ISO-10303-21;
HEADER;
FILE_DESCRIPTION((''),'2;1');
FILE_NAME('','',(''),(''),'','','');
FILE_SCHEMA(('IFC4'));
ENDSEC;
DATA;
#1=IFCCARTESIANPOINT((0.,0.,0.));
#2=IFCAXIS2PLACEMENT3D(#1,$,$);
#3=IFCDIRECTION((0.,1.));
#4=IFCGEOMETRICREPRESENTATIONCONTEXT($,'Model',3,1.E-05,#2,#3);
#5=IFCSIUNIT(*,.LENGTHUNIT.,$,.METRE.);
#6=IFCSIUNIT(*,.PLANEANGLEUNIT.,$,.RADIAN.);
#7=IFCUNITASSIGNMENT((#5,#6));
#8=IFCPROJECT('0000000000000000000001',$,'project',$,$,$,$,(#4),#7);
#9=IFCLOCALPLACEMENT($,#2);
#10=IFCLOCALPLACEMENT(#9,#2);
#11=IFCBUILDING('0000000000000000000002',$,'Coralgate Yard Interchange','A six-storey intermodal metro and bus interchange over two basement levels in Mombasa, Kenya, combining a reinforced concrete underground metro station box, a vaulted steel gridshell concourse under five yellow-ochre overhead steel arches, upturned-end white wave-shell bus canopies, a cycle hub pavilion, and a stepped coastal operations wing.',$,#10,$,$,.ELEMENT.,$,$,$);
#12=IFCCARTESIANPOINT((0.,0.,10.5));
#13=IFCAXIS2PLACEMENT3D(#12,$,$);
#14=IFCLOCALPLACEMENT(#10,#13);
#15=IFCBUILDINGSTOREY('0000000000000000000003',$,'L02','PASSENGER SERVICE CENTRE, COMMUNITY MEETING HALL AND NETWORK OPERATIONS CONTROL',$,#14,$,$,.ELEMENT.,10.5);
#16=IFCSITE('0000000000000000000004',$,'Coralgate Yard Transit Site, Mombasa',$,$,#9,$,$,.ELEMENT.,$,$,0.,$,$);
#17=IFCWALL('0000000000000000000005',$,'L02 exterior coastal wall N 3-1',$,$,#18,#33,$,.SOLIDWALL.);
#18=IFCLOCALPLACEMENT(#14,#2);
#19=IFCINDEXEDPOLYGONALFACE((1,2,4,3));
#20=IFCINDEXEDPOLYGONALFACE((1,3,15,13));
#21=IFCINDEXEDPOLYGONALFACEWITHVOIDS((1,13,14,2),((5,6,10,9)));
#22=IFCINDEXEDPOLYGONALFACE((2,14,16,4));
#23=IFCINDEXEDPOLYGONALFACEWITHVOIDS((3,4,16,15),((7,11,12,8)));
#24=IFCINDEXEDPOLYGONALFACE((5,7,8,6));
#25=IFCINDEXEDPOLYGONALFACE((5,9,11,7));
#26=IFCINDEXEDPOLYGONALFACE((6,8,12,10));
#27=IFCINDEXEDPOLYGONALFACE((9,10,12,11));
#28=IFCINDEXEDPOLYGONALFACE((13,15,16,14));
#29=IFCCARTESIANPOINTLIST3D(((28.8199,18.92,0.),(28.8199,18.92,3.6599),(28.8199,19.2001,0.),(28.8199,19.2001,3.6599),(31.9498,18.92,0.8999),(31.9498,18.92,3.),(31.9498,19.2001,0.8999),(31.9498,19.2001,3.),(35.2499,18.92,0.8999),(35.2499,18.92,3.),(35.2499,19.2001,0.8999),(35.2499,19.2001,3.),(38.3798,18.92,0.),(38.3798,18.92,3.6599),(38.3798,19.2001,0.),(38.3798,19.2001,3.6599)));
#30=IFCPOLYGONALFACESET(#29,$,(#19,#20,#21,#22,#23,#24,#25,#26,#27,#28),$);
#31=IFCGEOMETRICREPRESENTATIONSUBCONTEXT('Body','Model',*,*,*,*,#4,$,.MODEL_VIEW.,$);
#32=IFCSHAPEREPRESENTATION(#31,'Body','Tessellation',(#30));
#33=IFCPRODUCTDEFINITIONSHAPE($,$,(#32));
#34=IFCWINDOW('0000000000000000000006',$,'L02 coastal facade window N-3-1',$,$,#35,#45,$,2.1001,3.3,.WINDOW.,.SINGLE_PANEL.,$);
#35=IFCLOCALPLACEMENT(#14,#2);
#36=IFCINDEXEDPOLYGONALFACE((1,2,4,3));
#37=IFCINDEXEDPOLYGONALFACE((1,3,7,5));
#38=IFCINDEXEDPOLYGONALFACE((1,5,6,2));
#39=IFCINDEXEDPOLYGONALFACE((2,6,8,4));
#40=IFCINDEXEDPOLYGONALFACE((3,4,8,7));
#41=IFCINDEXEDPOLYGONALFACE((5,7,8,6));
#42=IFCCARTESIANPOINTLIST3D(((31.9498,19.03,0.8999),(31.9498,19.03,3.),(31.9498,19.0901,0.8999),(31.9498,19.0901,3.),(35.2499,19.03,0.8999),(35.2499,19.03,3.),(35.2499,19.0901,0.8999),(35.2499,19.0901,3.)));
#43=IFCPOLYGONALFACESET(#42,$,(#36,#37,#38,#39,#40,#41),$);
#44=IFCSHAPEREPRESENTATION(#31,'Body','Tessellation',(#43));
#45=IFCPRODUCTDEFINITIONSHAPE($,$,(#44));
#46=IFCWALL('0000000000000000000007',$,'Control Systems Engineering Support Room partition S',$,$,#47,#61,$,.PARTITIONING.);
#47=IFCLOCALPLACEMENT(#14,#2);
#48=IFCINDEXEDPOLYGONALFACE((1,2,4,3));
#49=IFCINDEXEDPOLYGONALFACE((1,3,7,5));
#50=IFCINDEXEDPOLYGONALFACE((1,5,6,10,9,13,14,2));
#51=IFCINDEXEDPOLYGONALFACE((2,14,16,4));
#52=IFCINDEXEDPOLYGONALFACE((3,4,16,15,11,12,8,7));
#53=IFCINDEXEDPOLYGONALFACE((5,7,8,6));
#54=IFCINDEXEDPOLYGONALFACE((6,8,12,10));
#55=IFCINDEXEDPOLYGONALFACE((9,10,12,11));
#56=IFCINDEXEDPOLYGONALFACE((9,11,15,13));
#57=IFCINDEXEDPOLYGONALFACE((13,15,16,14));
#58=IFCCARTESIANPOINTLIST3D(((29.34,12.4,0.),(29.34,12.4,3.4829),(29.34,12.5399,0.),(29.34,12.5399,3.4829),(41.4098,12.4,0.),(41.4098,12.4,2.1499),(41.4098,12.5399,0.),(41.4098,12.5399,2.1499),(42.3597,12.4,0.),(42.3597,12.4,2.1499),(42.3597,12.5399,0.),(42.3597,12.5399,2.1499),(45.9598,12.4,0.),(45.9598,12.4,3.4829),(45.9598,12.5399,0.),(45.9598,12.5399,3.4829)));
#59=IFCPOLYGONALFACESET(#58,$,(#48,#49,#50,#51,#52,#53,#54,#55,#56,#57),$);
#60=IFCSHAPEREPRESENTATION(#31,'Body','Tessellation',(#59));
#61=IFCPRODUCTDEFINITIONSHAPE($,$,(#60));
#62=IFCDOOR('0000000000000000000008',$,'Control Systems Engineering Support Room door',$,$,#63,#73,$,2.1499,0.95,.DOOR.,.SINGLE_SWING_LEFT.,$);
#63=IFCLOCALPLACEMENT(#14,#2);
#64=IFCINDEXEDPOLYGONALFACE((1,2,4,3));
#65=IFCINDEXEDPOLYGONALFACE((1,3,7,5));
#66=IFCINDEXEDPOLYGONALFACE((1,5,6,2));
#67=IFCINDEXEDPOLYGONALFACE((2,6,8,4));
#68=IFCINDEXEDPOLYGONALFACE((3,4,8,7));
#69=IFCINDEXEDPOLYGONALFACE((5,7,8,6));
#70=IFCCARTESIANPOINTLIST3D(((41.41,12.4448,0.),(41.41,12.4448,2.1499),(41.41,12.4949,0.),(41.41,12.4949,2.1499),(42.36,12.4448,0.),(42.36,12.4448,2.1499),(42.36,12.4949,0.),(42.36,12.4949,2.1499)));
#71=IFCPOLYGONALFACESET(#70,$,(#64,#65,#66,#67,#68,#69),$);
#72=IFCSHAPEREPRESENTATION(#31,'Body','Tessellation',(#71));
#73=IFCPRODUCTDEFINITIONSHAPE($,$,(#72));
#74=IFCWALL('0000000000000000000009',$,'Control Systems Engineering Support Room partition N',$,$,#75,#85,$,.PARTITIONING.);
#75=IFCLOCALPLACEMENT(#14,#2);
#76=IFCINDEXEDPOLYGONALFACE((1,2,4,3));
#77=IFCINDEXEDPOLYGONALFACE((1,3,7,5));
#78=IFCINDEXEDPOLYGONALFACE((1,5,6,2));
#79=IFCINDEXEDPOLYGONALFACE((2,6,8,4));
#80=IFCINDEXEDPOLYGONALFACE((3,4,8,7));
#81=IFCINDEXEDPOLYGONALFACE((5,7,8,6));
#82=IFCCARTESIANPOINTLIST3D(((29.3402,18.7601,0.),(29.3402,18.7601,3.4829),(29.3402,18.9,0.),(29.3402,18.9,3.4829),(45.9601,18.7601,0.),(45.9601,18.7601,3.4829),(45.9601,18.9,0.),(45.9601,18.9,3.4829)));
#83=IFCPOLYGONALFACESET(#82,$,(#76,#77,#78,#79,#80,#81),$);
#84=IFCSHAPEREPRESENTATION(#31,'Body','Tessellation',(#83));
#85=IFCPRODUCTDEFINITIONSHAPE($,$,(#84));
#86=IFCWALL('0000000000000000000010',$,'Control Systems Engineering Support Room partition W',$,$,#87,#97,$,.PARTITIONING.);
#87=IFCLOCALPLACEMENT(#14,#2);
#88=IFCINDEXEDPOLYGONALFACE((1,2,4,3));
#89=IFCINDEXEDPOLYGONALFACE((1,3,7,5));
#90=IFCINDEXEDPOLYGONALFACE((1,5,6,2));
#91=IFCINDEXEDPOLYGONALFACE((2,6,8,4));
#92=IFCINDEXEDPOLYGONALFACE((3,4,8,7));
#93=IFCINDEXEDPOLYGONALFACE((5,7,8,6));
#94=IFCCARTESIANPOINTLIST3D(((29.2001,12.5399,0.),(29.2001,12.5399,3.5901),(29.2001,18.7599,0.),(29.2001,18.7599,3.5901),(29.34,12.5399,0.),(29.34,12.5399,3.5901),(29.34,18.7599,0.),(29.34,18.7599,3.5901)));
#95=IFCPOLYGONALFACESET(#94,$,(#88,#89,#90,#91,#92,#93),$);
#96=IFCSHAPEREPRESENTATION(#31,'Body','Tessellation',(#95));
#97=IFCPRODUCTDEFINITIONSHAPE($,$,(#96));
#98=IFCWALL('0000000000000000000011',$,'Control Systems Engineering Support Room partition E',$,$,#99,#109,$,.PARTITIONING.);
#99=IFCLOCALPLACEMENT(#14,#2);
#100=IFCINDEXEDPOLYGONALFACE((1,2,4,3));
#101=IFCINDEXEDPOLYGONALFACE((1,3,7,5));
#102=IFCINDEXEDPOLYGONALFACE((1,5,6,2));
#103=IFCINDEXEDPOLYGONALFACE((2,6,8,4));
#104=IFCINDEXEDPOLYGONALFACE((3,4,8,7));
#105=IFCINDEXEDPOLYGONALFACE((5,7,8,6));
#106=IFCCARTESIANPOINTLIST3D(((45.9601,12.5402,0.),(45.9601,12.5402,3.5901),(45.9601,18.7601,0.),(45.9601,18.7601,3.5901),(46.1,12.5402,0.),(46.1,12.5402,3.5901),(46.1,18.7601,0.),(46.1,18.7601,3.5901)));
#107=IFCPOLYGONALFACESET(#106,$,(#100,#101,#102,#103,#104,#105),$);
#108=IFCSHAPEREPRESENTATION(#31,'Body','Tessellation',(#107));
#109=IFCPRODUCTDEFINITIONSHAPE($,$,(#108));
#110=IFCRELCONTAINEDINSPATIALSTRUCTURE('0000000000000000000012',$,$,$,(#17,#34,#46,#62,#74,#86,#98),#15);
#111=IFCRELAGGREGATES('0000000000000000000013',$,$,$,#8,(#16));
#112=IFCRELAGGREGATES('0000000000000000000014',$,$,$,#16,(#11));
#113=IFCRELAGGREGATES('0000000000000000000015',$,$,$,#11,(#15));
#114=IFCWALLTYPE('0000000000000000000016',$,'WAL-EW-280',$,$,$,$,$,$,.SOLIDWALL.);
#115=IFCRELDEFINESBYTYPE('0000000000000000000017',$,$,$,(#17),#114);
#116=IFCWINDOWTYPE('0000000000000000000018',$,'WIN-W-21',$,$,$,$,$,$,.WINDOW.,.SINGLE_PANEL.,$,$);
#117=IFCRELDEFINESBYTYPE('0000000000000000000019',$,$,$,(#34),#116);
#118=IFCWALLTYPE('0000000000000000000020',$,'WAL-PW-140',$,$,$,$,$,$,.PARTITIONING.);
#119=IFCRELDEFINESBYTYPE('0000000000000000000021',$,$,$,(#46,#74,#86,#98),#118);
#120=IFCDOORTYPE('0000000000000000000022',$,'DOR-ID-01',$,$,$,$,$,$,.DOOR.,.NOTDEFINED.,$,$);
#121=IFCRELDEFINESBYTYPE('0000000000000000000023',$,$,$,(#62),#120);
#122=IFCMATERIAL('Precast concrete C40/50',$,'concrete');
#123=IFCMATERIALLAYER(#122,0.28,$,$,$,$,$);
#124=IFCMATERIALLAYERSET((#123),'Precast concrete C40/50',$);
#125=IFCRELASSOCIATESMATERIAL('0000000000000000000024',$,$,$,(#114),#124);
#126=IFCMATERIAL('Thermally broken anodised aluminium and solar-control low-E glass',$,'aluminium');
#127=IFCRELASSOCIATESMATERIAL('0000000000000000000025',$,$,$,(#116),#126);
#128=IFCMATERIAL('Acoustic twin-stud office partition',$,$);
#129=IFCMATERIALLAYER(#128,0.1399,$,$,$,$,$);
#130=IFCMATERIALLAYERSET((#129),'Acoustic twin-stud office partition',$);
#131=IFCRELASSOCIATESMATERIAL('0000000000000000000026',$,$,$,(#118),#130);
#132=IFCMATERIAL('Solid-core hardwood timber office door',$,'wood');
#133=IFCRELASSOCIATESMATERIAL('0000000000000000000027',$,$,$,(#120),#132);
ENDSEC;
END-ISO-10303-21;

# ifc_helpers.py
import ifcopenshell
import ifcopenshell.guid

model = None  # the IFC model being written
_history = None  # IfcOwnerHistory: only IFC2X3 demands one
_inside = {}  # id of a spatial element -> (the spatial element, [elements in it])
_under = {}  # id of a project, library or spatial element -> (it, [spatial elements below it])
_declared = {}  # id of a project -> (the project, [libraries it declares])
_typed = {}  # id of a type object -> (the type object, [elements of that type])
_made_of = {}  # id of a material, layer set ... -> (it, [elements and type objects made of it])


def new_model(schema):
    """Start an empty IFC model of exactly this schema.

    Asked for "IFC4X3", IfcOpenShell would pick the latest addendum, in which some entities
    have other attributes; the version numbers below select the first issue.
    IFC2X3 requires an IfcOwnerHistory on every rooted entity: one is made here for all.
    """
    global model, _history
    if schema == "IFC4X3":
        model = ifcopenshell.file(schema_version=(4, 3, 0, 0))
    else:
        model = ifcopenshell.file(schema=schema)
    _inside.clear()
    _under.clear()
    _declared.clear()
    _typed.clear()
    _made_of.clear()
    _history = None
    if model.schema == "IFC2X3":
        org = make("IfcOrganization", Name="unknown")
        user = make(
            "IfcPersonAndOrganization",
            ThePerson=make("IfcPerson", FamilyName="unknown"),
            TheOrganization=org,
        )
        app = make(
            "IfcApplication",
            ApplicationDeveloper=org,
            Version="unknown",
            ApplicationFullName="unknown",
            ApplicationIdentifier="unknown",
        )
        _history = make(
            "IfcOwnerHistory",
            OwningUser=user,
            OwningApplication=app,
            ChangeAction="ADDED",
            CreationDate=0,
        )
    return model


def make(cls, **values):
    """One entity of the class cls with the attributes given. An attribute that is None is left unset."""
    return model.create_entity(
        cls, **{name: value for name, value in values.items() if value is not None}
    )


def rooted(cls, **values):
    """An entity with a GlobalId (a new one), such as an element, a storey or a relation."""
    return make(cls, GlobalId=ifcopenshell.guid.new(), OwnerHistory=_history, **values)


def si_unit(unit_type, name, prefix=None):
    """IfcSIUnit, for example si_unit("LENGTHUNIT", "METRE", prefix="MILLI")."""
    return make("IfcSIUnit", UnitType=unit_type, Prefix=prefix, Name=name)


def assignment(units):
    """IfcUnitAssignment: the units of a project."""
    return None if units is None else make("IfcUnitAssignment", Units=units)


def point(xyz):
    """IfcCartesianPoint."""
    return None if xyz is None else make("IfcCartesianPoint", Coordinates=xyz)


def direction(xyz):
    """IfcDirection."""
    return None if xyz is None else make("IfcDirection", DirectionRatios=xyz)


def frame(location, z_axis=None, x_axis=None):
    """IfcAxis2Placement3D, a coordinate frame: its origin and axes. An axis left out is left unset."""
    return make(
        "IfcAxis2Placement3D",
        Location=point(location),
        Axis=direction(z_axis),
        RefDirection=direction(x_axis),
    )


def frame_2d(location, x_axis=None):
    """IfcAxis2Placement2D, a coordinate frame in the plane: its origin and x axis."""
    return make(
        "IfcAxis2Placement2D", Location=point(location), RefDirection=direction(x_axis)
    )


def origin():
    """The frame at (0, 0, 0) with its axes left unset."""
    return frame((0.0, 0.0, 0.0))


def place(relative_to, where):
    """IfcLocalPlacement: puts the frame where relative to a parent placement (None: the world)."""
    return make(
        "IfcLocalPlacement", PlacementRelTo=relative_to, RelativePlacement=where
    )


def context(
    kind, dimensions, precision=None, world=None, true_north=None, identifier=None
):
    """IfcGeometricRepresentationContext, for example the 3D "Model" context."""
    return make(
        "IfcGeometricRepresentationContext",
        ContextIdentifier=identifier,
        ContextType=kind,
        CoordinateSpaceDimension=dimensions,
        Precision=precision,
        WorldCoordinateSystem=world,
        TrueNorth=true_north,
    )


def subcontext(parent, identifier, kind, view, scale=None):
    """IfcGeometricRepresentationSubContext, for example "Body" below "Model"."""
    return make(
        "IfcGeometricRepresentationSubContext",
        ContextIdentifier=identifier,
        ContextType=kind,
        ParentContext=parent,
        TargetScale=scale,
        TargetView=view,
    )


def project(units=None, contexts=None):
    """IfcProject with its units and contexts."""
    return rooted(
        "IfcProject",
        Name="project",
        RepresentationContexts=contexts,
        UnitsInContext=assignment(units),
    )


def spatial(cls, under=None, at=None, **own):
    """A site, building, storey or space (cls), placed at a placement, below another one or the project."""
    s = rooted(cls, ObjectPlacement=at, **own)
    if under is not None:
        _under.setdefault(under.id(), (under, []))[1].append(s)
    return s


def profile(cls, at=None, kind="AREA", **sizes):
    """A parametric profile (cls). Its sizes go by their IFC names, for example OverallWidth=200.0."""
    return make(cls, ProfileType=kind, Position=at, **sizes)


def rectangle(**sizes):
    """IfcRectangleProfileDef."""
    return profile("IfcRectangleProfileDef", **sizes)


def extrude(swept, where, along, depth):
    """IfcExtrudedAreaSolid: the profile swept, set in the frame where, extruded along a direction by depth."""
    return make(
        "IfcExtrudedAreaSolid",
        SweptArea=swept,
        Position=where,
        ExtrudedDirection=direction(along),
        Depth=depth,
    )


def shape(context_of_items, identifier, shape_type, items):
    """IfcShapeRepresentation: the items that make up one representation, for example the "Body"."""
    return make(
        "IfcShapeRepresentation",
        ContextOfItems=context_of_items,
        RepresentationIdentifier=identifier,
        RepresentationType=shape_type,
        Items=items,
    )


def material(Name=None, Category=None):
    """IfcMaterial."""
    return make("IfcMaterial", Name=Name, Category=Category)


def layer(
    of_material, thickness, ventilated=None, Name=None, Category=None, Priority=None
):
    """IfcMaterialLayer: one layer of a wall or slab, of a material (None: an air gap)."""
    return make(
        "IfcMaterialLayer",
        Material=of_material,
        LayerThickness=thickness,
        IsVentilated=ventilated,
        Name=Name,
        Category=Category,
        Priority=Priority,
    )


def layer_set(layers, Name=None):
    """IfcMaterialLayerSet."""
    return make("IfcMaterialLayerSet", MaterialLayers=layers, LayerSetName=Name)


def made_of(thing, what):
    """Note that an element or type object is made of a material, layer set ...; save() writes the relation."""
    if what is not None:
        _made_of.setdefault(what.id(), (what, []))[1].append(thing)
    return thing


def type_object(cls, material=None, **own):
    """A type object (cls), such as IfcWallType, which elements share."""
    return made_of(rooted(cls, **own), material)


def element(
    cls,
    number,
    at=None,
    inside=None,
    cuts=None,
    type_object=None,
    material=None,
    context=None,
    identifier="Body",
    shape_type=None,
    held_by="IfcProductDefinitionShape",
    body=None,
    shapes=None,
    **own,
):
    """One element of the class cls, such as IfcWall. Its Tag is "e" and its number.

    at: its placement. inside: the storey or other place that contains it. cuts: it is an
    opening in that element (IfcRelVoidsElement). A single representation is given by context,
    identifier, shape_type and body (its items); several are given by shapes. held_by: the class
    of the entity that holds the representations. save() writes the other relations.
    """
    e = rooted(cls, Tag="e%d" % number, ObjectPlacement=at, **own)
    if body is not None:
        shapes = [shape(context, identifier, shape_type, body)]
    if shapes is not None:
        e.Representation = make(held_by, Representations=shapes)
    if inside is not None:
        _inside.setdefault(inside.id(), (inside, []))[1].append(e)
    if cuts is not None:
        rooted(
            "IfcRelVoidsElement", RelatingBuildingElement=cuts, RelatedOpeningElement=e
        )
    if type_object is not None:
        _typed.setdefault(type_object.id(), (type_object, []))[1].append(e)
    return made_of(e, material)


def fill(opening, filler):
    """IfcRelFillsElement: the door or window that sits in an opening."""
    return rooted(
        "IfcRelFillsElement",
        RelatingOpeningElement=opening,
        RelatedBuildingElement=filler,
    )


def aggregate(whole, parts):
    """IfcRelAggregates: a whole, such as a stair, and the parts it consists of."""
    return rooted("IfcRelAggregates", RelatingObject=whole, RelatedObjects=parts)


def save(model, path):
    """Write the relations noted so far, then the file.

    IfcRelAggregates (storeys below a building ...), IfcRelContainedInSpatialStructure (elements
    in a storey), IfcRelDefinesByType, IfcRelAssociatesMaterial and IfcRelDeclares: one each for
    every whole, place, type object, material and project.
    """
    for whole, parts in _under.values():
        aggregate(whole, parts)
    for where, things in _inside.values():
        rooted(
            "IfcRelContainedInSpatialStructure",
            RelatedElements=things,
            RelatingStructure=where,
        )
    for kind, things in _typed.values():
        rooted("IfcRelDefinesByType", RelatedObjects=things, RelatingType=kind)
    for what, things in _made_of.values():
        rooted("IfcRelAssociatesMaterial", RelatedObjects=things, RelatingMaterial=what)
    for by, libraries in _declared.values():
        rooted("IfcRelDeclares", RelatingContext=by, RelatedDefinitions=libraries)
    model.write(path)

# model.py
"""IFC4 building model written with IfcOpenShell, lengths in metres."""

from ifc_helpers import new_model, si_unit, direction, frame, frame_2d, origin, place, context, subcontext, project, spatial, rectangle, extrude, material, layer, layer_set, type_object, element, fill, save


model = new_model("IFC4")

# Units and contexts
model_context = context("Model", 3, precision=1e-05, world=origin(), true_north=direction((0.0, 1.0)))
body_context = subcontext(model_context, "Body", "Model", "MODEL_VIEW")
ifc_project = project(units=[si_unit("LENGTHUNIT", "METRE"), si_unit("PLANEANGLEUNIT", "RADIAN")], contexts=[model_context])

# Site, building, storey
site_placement = place(None, origin())
site = spatial("IfcSite", under=ifc_project, at=site_placement, Name="Coralgate Yard Transit Site, Mombasa", CompositionType="ELEMENT", RefElevation=0.0)
building_placement = place(site_placement, origin())
building = spatial("IfcBuilding", under=site, at=building_placement, Name="Coralgate Yard Interchange", Description="A six-storey intermodal metro and bus interchange over two basement levels in Mombasa, Kenya, combining a reinforced concrete underground metro station box, a vaulted steel gridshell concourse under five yellow-ochre overhead steel arches, upturned-end white wave-shell bus canopies, a cycle hub pavilion, and a stepped coastal operations wing.", CompositionType="ELEMENT")
storey_placement = place(building_placement, frame((0.0, 0.0, 10.5)))
storey = spatial("IfcBuildingStorey", under=building, at=storey_placement, Name="L02", Description="PASSENGER SERVICE CENTRE, COMMUNITY MEETING HALL AND NETWORK OPERATIONS CONTROL", CompositionType="ELEMENT", Elevation=10.5)

# Wall, opening, window
ifc_material_1 = material(Name="Precast concrete C40/50", Category="concrete")
ifc_layer_1 = layer(ifc_material_1, 0.28)
ifc_layer_set_1 = layer_set([ifc_layer_1], Name="Precast concrete C40/50")
wall_type_1 = type_object("IfcWallType", Name="WAL-EW-280", PredefinedType="SOLIDWALL", material=ifc_layer_set_1)
wall_1_placement = place(storey_placement, frame((28.8201, 19.0601, 0.0), z_axis=(0.0, 0.0, 1.0), x_axis=(1.0, 0.0, 0.0)))
wall_1 = element("IfcWall", 1, at=wall_1_placement, inside=storey, type_object=wall_type_1, Name="L02 exterior coastal wall N 3-1", PredefinedType="SOLIDWALL", context=body_context, shape_type="SweptSolid", body=[
    extrude(rectangle(XDim=9.5598, YDim=0.28, at=frame_2d((4.7798, 0.0))), origin(), (0.0, 0.0, 1.0), 3.6599),
])
opening_1_placement = place(wall_1_placement, frame((3.1299, 0.0, 0.8999)))
opening_1 = element("IfcOpeningElement", 2, at=opening_1_placement, cuts=wall_1, PredefinedType="OPENING", context=body_context, shape_type="SweptSolid", body=[
    extrude(rectangle(XDim=3.3, YDim=2.1001, at=frame_2d((1.6499, 1.05))), frame((0.0, 0.1499, 0.0), z_axis=(0.0, -1.0, 0.0), x_axis=(1.0, 0.0, 0.0)), (0.0, 0.0, 1.0), 0.3),
])
ifc_material_2 = material(Name="Thermally broken anodised aluminium and solar-control low-E glass", Category="aluminium")
window_type = type_object("IfcWindowType", Name="WIN-W-21", PartitioningType="SINGLE_PANEL", PredefinedType="WINDOW", material=ifc_material_2)
window_placement = place(opening_1_placement, origin())
window = element("IfcWindow", 3, at=window_placement, inside=storey, type_object=window_type, Name="L02 coastal facade window N-3-1", OverallHeight=2.1001, OverallWidth=3.3, PartitioningType="SINGLE_PANEL", PredefinedType="WINDOW", context=body_context, shape_type="SweptSolid", body=[
    extrude(rectangle(XDim=3.3, YDim=2.1001, at=frame_2d((1.6499, 1.05))), frame((0.0, 0.03, 0.0), z_axis=(0.0, -1.0, 0.0), x_axis=(1.0, 0.0, 0.0)), (0.0, 0.0, 1.0), 0.0601),
])
fill(opening_1, window)

# Wall, opening, door
ifc_material_3 = material(Name="Acoustic twin-stud office partition")
ifc_layer_2 = layer(ifc_material_3, 0.1399)
ifc_layer_set_2 = layer_set([ifc_layer_2], Name="Acoustic twin-stud office partition")
wall_type_2 = type_object("IfcWallType", Name="WAL-PW-140", PredefinedType="PARTITIONING", material=ifc_layer_set_2)
wall_2_placement = place(storey_placement, frame((45.96, 12.47, 0.0), z_axis=(0.0, 0.0, 1.0), x_axis=(-1.0, 0.0, 0.0)))
wall_2 = element("IfcWall", 4, at=wall_2_placement, inside=storey, type_object=wall_type_2, Name="Control Systems Engineering Support Room partition S", PredefinedType="PARTITIONING", context=body_context, shape_type="SweptSolid", body=[
    extrude(rectangle(XDim=16.6199, YDim=0.1399, at=frame_2d((8.3101, 0.0))), origin(), (0.0, 0.0, 1.0), 3.4829),
])
opening_2_placement = place(wall_2_placement, frame((3.6001, 0.0, 0.0)))
opening_2 = element("IfcOpeningElement", 5, at=opening_2_placement, cuts=wall_2, PredefinedType="OPENING", context=body_context, shape_type="SweptSolid", body=[
    extrude(rectangle(XDim=0.95, YDim=2.1499, at=frame_2d((0.4751, 1.075))), frame((0.0, 0.0798, 0.0), z_axis=(0.0, -1.0, 0.0), x_axis=(1.0, 0.0, 0.0)), (0.0, 0.0, 1.0), 0.1599),
])
ifc_material_4 = material(Name="Solid-core hardwood timber office door", Category="wood")
door_type = type_object("IfcDoorType", Name="DOR-ID-01", OperationType="NOTDEFINED", PredefinedType="DOOR", material=ifc_material_4)
door_placement = place(opening_2_placement, frame((0.95, 0.0, 0.0), z_axis=(0.0, 0.0, 1.0), x_axis=(-1.0, 0.0, 0.0)))
door = element("IfcDoor", 6, at=door_placement, inside=storey, type_object=door_type, Name="Control Systems Engineering Support Room door", OperationType="SINGLE_SWING_LEFT", OverallHeight=2.1499, OverallWidth=0.95, PredefinedType="DOOR", context=body_context, shape_type="SweptSolid", body=[
    extrude(rectangle(XDim=0.95, YDim=2.1499, at=frame_2d((0.4751, 1.075))), frame((0.0, 0.0249, 0.0), z_axis=(0.0, -1.0, 0.0), x_axis=(1.0, 0.0, 0.0)), (0.0, 0.0, 1.0), 0.05),
])
fill(opening_2, door)

# Walls
wall_3_placement = place(storey_placement, frame((29.3401, 18.8301, 0.0), z_axis=(0.0, 0.0, 1.0), x_axis=(1.0, 0.0, 0.0)))
element("IfcWall", 7, at=wall_3_placement, inside=storey, type_object=wall_type_2, Name="Control Systems Engineering Support Room partition N", PredefinedType="PARTITIONING", context=body_context, shape_type="SweptSolid", body=[
    extrude(rectangle(XDim=16.6199, YDim=0.1399, at=frame_2d((8.3101, 0.0))), origin(), (0.0, 0.0, 1.0), 3.4829),
])
for number, where, z_axis, x_axis, name in (
    (8, (29.27, 12.54, 0.0), (0.0, 0.0, 1.0), (0.0, 1.0, 0.0), "Control Systems Engineering Support Room partition W"),
    (9, (46.03, 18.76, 0.0), (0.0, 0.0, 1.0), (0.0, -1.0, 0.0), "Control Systems Engineering Support Room partition E"),
):
    element("IfcWall", number, at=place(storey_placement, frame(where, z_axis=z_axis, x_axis=x_axis)), inside=storey, type_object=wall_type_2, Name=name, PredefinedType="PARTITIONING", context=body_context, shape_type="SweptSolid", body=[
        extrude(rectangle(XDim=6.22, YDim=0.1399, at=frame_2d((3.1099, 0.0))), origin(), (0.0, 0.0, 1.0), 3.5901),
    ])

save(model, "model.ifc")
